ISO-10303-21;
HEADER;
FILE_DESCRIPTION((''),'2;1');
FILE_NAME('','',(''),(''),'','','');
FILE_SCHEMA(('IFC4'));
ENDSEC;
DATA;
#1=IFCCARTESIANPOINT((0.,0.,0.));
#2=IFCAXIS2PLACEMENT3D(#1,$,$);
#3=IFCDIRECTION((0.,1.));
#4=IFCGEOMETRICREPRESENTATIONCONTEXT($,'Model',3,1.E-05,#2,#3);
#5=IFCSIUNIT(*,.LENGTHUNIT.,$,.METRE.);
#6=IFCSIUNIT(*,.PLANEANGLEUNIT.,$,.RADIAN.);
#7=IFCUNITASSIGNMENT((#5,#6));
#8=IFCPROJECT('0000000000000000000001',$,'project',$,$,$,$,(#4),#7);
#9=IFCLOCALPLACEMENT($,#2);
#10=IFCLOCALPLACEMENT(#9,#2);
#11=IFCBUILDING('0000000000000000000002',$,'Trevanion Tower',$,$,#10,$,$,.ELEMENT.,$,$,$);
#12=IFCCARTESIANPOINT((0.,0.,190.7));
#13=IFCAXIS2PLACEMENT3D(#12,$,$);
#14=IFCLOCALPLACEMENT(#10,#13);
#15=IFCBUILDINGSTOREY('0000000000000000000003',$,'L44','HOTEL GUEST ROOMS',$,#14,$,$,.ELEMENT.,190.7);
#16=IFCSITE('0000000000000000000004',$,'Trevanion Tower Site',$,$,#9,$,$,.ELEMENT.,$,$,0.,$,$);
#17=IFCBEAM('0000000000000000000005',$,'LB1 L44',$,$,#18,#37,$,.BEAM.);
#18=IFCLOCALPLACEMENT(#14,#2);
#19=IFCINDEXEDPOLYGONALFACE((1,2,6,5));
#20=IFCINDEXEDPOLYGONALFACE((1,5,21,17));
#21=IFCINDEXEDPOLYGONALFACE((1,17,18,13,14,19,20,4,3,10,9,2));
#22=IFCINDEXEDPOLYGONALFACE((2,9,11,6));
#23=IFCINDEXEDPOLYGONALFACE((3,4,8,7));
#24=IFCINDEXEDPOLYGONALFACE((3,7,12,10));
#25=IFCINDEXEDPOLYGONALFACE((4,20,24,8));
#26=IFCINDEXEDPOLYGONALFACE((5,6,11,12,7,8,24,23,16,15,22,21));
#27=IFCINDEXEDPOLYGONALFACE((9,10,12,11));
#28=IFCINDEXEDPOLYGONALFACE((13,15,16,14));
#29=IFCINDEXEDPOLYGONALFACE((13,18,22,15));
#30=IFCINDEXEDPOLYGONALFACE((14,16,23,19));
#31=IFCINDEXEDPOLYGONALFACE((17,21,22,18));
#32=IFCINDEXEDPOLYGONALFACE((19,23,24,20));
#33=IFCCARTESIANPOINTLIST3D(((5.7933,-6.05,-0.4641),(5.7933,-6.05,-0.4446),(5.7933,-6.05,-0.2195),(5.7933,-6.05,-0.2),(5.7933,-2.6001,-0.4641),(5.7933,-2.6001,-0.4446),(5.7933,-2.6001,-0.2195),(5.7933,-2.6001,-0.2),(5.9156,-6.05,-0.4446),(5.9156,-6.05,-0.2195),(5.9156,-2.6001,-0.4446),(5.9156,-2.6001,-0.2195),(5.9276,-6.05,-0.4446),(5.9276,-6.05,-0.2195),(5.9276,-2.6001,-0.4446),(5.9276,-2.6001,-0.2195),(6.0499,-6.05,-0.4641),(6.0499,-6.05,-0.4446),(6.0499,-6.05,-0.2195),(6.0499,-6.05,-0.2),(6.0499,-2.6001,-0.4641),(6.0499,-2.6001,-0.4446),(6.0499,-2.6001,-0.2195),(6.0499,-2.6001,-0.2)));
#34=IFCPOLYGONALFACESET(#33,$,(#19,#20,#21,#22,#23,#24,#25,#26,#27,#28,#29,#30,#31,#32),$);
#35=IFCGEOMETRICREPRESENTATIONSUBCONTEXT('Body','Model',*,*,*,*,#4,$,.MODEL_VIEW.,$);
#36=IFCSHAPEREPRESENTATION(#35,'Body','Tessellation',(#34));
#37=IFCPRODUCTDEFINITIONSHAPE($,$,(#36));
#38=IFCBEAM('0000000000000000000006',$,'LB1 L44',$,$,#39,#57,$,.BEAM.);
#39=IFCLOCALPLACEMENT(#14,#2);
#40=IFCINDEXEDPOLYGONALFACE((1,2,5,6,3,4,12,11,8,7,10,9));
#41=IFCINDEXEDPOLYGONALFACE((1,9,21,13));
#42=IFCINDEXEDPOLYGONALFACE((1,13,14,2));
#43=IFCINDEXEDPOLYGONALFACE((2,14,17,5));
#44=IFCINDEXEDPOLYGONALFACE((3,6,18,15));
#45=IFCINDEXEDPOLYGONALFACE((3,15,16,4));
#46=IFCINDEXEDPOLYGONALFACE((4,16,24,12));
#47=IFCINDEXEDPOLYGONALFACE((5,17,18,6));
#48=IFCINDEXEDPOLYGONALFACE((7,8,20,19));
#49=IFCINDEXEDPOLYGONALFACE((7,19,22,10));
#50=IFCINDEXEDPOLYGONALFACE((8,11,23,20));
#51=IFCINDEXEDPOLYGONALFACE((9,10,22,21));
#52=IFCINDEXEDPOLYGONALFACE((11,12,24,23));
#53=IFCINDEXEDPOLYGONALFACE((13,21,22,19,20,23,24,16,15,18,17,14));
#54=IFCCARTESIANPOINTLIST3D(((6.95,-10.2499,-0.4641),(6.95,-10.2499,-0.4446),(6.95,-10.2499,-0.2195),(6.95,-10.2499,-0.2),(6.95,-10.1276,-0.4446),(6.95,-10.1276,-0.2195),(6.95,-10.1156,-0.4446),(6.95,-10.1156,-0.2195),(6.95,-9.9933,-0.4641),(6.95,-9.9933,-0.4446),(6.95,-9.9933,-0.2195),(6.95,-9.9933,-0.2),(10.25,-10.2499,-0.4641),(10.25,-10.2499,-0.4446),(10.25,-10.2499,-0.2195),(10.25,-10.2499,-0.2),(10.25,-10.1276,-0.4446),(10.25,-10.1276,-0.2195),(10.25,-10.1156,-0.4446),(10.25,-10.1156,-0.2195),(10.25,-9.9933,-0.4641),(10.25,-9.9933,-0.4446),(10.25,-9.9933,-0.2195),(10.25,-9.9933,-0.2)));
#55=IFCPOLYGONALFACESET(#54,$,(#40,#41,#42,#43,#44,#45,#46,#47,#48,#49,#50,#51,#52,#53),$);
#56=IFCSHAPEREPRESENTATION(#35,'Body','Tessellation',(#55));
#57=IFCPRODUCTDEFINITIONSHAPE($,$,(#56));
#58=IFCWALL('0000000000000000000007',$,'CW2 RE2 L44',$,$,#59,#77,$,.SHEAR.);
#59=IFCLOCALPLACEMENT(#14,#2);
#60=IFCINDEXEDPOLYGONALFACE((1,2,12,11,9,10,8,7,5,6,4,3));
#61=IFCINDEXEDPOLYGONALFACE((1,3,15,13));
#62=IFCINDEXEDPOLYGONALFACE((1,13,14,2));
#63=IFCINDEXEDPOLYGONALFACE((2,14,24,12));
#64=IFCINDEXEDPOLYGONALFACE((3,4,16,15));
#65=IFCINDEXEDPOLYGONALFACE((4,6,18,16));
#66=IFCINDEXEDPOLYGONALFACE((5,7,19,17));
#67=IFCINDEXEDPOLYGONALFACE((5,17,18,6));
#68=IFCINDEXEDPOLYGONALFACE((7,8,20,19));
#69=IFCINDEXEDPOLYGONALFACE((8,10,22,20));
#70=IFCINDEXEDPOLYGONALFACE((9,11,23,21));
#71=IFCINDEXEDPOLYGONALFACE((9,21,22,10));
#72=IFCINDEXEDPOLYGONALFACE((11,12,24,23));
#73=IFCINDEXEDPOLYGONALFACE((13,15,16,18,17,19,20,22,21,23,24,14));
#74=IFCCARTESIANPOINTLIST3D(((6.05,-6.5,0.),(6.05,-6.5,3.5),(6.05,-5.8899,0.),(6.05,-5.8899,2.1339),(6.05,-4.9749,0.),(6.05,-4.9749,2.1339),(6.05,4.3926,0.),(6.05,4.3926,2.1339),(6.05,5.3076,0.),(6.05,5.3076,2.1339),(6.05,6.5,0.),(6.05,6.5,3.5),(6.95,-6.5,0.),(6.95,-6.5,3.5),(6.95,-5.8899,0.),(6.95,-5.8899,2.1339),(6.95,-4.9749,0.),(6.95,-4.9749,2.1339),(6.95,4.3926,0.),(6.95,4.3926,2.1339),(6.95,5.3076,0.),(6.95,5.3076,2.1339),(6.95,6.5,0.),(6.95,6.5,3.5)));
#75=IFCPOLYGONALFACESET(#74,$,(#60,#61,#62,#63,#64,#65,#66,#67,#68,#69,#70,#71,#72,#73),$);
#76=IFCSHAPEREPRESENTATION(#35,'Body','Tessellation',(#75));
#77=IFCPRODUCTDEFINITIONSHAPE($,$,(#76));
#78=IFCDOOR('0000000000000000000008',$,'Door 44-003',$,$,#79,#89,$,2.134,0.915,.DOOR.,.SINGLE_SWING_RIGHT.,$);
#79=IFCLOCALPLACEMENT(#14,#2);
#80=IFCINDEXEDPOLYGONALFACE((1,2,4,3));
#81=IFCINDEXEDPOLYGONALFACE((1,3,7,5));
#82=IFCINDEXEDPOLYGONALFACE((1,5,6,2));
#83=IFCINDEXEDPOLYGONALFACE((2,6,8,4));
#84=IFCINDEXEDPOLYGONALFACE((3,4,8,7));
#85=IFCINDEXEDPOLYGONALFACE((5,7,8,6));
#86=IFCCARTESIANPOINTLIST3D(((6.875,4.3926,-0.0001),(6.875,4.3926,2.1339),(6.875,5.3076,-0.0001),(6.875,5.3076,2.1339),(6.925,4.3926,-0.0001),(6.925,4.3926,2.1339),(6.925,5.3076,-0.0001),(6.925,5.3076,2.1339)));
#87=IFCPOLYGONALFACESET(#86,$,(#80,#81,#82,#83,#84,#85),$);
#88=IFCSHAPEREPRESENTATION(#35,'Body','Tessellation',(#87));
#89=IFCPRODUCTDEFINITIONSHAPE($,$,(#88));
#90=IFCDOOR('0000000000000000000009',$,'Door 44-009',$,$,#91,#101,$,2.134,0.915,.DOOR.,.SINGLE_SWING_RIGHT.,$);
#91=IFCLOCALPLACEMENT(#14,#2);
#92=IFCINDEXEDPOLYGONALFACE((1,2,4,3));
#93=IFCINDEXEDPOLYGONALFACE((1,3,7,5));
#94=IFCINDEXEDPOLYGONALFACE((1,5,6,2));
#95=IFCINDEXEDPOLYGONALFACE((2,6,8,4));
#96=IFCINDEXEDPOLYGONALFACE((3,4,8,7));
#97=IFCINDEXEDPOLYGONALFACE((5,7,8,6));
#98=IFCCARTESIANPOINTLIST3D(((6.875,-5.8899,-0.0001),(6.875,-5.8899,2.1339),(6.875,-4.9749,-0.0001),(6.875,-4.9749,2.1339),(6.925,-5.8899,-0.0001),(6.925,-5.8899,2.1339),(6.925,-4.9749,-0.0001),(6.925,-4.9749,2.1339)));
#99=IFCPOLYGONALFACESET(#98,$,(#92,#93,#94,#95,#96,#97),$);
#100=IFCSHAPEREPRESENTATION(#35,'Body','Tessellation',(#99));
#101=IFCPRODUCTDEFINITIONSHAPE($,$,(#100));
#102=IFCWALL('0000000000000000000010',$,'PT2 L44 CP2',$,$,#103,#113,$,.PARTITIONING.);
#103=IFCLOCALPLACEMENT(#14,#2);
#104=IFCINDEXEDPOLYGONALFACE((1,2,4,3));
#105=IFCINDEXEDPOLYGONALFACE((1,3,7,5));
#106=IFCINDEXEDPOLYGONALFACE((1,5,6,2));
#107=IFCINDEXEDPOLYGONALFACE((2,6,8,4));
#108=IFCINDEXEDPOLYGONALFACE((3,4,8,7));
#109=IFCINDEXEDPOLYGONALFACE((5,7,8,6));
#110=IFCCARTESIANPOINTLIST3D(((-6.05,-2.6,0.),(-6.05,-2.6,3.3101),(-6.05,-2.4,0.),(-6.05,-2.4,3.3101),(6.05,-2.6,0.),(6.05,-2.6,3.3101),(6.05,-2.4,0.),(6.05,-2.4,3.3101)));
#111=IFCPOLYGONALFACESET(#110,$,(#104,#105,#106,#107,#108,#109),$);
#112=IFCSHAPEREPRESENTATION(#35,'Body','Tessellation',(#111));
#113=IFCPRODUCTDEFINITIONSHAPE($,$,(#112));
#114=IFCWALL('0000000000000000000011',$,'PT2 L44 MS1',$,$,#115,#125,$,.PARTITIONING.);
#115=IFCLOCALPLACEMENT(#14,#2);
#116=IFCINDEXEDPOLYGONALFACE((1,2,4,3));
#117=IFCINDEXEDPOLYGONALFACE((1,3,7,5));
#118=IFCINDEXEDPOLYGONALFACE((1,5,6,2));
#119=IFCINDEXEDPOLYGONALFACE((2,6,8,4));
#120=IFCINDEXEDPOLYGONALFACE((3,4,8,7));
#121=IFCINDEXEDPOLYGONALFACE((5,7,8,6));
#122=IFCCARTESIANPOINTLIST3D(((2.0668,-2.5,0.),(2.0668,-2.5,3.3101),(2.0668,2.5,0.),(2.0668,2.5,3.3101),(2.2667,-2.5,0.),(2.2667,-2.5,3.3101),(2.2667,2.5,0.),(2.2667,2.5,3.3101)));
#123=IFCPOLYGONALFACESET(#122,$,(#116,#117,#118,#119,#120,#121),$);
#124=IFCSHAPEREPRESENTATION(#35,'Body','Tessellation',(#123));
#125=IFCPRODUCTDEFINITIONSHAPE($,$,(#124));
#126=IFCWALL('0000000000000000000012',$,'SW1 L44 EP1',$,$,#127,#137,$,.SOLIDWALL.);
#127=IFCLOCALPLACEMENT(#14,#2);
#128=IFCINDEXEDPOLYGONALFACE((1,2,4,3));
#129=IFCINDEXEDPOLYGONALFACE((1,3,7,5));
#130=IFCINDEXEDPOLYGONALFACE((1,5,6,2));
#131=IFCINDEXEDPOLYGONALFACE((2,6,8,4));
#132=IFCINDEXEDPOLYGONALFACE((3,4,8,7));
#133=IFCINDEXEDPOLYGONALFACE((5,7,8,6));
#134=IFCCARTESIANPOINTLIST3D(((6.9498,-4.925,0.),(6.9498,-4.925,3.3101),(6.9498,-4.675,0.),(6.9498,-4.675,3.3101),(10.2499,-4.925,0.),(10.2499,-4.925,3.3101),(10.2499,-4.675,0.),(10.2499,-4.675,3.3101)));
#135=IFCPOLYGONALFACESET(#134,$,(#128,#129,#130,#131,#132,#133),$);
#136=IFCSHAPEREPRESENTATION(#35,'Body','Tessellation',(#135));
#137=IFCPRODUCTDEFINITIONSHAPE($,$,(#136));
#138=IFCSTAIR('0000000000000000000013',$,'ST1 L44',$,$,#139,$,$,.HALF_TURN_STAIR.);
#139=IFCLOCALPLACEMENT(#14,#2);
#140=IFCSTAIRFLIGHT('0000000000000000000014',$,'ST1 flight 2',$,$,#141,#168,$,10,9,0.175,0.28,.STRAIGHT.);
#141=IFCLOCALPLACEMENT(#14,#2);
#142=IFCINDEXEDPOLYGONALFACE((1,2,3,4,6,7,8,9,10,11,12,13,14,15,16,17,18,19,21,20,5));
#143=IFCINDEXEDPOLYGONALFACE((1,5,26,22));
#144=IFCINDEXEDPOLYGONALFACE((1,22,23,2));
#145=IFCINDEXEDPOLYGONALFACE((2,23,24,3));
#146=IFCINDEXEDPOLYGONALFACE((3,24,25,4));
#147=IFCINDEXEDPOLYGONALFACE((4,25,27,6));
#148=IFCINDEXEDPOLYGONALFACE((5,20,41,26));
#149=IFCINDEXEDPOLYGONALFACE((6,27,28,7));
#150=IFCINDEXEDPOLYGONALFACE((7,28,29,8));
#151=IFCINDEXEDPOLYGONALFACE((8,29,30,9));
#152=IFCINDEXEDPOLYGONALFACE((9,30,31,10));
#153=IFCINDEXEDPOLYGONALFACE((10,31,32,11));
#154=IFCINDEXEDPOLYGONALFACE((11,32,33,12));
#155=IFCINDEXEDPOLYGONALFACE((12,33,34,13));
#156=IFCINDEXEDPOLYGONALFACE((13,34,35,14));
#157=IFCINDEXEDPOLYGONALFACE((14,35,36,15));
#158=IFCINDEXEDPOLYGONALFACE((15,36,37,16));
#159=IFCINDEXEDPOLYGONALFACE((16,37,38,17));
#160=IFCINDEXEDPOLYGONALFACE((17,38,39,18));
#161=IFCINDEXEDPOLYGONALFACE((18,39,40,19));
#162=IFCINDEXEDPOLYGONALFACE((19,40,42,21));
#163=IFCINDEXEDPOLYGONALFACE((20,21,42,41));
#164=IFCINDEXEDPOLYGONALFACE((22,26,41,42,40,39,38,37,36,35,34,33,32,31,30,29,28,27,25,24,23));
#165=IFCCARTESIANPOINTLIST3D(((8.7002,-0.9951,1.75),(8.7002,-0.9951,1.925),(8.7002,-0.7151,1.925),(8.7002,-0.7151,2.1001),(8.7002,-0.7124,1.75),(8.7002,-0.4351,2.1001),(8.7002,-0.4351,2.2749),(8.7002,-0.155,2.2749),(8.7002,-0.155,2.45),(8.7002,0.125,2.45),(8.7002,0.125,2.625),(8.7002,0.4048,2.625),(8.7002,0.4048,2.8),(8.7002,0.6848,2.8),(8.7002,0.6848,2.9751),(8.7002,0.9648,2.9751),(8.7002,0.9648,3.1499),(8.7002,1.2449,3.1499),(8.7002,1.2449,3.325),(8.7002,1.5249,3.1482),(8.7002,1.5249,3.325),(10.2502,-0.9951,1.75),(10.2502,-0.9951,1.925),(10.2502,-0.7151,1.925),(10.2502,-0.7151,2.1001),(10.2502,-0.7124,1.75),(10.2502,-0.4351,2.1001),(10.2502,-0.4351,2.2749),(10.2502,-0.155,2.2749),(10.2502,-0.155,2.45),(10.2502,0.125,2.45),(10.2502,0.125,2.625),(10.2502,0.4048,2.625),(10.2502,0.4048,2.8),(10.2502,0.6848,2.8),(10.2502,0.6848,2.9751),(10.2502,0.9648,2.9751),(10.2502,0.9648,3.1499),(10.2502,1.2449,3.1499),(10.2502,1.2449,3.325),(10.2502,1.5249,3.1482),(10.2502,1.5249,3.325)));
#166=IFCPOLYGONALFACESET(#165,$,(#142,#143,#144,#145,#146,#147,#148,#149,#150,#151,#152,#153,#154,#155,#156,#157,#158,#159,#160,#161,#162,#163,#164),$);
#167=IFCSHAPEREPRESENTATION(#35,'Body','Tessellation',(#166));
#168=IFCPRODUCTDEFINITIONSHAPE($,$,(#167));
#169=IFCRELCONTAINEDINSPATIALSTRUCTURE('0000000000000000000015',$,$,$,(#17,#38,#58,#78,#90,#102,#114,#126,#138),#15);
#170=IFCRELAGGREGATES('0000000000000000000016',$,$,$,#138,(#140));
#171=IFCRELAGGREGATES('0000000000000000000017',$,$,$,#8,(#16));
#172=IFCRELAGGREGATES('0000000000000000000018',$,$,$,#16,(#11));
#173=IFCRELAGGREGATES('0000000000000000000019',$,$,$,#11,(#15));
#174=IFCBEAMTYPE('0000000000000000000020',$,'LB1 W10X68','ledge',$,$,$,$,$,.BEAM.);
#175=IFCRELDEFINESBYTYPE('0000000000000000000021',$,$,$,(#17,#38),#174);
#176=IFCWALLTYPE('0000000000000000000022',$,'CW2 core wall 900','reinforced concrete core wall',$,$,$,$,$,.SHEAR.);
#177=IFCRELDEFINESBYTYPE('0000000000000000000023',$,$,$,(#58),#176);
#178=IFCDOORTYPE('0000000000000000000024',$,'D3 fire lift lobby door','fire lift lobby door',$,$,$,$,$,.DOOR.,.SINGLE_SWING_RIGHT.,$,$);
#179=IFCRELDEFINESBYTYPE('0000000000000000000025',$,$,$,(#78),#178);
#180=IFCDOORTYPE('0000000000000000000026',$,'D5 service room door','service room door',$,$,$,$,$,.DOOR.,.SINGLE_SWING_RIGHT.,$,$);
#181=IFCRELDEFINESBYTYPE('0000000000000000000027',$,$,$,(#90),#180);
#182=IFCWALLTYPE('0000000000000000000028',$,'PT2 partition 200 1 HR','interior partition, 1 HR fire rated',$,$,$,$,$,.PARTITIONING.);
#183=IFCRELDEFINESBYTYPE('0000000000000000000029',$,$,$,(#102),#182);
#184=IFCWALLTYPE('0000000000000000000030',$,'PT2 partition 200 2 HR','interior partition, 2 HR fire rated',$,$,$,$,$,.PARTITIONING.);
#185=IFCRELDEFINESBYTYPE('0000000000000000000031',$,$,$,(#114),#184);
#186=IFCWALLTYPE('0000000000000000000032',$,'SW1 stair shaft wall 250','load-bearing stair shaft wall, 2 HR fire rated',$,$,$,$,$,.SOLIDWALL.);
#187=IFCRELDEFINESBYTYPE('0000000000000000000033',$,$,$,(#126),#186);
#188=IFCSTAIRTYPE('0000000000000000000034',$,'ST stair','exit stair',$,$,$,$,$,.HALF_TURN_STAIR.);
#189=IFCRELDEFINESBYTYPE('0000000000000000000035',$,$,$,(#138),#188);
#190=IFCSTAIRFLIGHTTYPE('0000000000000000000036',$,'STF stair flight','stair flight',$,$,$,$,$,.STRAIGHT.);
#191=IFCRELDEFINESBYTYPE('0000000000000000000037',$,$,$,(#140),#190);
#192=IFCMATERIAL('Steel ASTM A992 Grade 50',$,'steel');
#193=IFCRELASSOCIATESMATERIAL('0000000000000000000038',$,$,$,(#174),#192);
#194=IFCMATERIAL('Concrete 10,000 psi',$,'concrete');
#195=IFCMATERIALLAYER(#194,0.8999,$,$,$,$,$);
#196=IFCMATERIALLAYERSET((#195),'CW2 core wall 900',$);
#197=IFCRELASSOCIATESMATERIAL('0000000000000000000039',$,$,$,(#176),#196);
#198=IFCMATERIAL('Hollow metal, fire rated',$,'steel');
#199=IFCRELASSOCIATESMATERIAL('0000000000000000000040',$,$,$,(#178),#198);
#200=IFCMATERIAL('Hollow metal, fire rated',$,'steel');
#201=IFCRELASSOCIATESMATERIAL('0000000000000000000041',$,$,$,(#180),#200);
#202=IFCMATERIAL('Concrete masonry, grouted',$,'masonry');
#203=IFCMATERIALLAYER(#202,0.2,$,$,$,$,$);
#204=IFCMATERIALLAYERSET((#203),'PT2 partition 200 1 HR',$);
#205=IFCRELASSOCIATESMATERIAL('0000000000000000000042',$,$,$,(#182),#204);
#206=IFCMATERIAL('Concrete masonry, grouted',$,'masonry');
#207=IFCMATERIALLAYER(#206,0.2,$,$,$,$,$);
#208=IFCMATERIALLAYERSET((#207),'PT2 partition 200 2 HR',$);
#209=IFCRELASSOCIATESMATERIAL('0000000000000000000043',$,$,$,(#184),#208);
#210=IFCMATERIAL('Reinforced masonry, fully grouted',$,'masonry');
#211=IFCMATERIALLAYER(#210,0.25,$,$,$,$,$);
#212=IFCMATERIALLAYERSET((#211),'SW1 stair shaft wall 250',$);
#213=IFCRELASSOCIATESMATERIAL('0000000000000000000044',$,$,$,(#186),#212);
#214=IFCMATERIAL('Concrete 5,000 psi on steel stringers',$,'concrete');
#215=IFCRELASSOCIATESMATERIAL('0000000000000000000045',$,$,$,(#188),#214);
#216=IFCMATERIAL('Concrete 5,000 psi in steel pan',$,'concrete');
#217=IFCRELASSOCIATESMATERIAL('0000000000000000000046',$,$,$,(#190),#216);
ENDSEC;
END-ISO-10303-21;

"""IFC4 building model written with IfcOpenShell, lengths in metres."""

from ifc_helpers import new_model, si_unit, direction, frame, frame_2d, origin, origin_2d, place, context, subcontext, project, spatial, polyline, rectangle, i_section, outline, extrude, material, layer, layer_set, material_profile, profile_set, type_object, element, fill, aggregate, save


model = new_model("IFC4")

# Units and contexts
model_context = context("Model", 3, precision=1e-05, world=origin(), true_north=direction((0.0, 1.0)))
body_context = subcontext(model_context, "Body", "Model", "MODEL_VIEW")
ifc_project = project(units=[si_unit("LENGTHUNIT", "METRE"), si_unit("PLANEANGLEUNIT", "RADIAN")], contexts=[model_context])

# Site, building, storey
site_placement = place(None, origin())
site = spatial("IfcSite", under=ifc_project, at=site_placement, Name="Trevanion Tower Site", CompositionType="ELEMENT", RefElevation=0.0)
building_placement = place(site_placement, origin())
building = spatial("IfcBuilding", under=site, at=building_placement, Name="Trevanion Tower", CompositionType="ELEMENT")
storey_placement = place(building_placement, frame((0.0, 0.0, 190.7)))
storey = spatial("IfcBuildingStorey", under=building, at=storey_placement, Name="L44", Description="HOTEL GUEST ROOMS", CompositionType="ELEMENT", Elevation=190.7)

# Beams
ifc_material_1 = material(Name="Steel ASTM A992 Grade 50", Category="steel")
ifc_material_profile = material_profile(ifc_material_1, i_section(OverallWidth=0.2566, OverallDepth=0.2642, WebThickness=0.012, FlangeThickness=0.0195, at=origin_2d()), Name="W10X68")
ifc_profile_set = profile_set([ifc_material_profile], Name="Steel ASTM A992 Grade 50")
beam_type = type_object("IfcBeamType", Name="LB1 W10X68", Description="ledge", PredefinedType="BEAM", material=ifc_profile_set)
beam_1_placement = place(storey_placement, frame((5.9216, -6.05, -0.332), z_axis=(0.0, 1.0, 0.0), x_axis=(-1.0, 0.0, 0.0)))
element("IfcBeam", 1, at=beam_1_placement, inside=storey, type_object=beam_type, Name="LB1 L44", PredefinedType="BEAM", context=body_context, shape_type="SweptSolid", body=[
    extrude(i_section(OverallWidth=0.2566, OverallDepth=0.2642, WebThickness=0.012, FlangeThickness=0.0195, at=origin_2d()), origin(), (0.0, 0.0, 1.0), 3.45),
])
beam_2_placement = place(storey_placement, frame((6.95, -10.1216, -0.332), z_axis=(1.0, 0.0, 0.0), x_axis=(0.0, 1.0, 0.0)))
element("IfcBeam", 2, at=beam_2_placement, inside=storey, type_object=beam_type, Name="LB1 L44", PredefinedType="BEAM", context=body_context, shape_type="SweptSolid", body=[
    extrude(i_section(OverallWidth=0.2566, OverallDepth=0.2642, WebThickness=0.012, FlangeThickness=0.0195, at=origin_2d()), origin(), (0.0, 0.0, 1.0), 3.3),
])

# Wall, openings, doors
ifc_material_2 = material(Name="Concrete 10,000 psi", Category="concrete")
ifc_layer_1 = layer(ifc_material_2, 0.8999)
ifc_layer_set_1 = layer_set([ifc_layer_1], Name="CW2 core wall 900")
wall_type_1 = type_object("IfcWallType", Name="CW2 core wall 900", Description="reinforced concrete core wall", PredefinedType="SHEAR", material=ifc_layer_set_1)
wall_1_placement = place(storey_placement, frame((6.5, -6.5, 0.0), z_axis=(0.0, 0.0, 1.0), x_axis=(0.0, 1.0, 0.0)))
wall_1 = element("IfcWall", 3, at=wall_1_placement, inside=storey, type_object=wall_type_1, Name="CW2 RE2 L44", PredefinedType="SHEAR", context=body_context, shape_type="SweptSolid", body=[
    extrude(rectangle(XDim=13.0, YDim=0.8999, at=frame_2d((6.5, 0.0))), origin(), (0.0, 0.0, 1.0), 3.5),
])
opening_1_placement = place(wall_1_placement, frame((10.8926, 0.0, 0.0)))
opening_1 = element("IfcOpeningElement", 4, at=opening_1_placement, cuts=wall_1, PredefinedType="OPENING", context=body_context, shape_type="SweptSolid", body=[
    extrude(rectangle(XDim=0.915, YDim=2.134, at=frame_2d((0.4575, 1.0669))), frame((0.0, 0.46, 0.0), z_axis=(0.0, -1.0, 0.0), x_axis=(1.0, 0.0, 0.0)), (0.0, 0.0, 1.0), 0.9199),
])
opening_2_placement = place(wall_1_placement, frame((0.6101, 0.0, 0.0)))
opening_2 = element("IfcOpeningElement", 5, at=opening_2_placement, cuts=wall_1, PredefinedType="OPENING", context=body_context, shape_type="SweptSolid", body=[
    extrude(rectangle(XDim=0.915, YDim=2.134, at=frame_2d((0.4575, 1.0669))), frame((0.0, 0.46, 0.0), z_axis=(0.0, -1.0, 0.0), x_axis=(1.0, 0.0, 0.0)), (0.0, 0.0, 1.0), 0.9199),
])
ifc_material_3 = material(Name="Hollow metal, fire rated", Category="steel")
door_type_1 = type_object("IfcDoorType", Name="D3 fire lift lobby door", Description="fire lift lobby door", OperationType="SINGLE_SWING_RIGHT", PredefinedType="DOOR", material=ifc_material_3)
door_1_placement = place(opening_1_placement, origin())
door_1 = element("IfcDoor", 6, at=door_1_placement, inside=storey, type_object=door_type_1, Name="Door 44-003", OperationType="SINGLE_SWING_RIGHT", OverallHeight=2.134, OverallWidth=0.915, PredefinedType="DOOR", context=body_context, shape_type="SweptSolid", body=[
    extrude(rectangle(XDim=0.915, YDim=2.134, at=frame_2d((0.4575, 1.0669))), frame((0.0, -0.375, 0.0), z_axis=(0.0, -1.0, 0.0), x_axis=(1.0, 0.0, 0.0)), (0.0, 0.0, 1.0), 0.05),
])
fill(opening_1, door_1)
ifc_material_4 = material(Name="Hollow metal, fire rated", Category="steel")
door_type_2 = type_object("IfcDoorType", Name="D5 service room door", Description="service room door", OperationType="SINGLE_SWING_RIGHT", PredefinedType="DOOR", material=ifc_material_4)
door_2_placement = place(opening_2_placement, origin())
door_2 = element("IfcDoor", 7, at=door_2_placement, inside=storey, type_object=door_type_2, Name="Door 44-009", OperationType="SINGLE_SWING_RIGHT", OverallHeight=2.134, OverallWidth=0.915, PredefinedType="DOOR", context=body_context, shape_type="SweptSolid", body=[
    extrude(rectangle(XDim=0.915, YDim=2.134, at=frame_2d((0.4575, 1.0669))), frame((0.0, -0.375, 0.0), z_axis=(0.0, -1.0, 0.0), x_axis=(1.0, 0.0, 0.0)), (0.0, 0.0, 1.0), 0.05),
])
fill(opening_2, door_2)

# Walls
ifc_material_5 = material(Name="Concrete masonry, grouted", Category="masonry")
ifc_layer_2 = layer(ifc_material_5, 0.2)
ifc_layer_set_2 = layer_set([ifc_layer_2], Name="PT2 partition 200 1 HR")
wall_type_2 = type_object("IfcWallType", Name="PT2 partition 200 1 HR", Description="interior partition, 1 HR fire rated", PredefinedType="PARTITIONING", material=ifc_layer_set_2)
wall_2_placement = place(storey_placement, frame((6.05, -2.5, 0.0), z_axis=(0.0, 0.0, 1.0), x_axis=(-1.0, 0.0, 0.0)))
element("IfcWall", 8, at=wall_2_placement, inside=storey, type_object=wall_type_2, Name="PT2 L44 CP2", PredefinedType="PARTITIONING", context=body_context, shape_type="SweptSolid", body=[
    extrude(rectangle(XDim=12.1001, YDim=0.2, at=frame_2d((6.05, 0.0))), origin(), (0.0, 0.0, 1.0), 3.3101),
])
ifc_material_6 = material(Name="Concrete masonry, grouted", Category="masonry")
ifc_layer_3 = layer(ifc_material_6, 0.2)
ifc_layer_set_3 = layer_set([ifc_layer_3], Name="PT2 partition 200 2 HR")
wall_type_3 = type_object("IfcWallType", Name="PT2 partition 200 2 HR", Description="interior partition, 2 HR fire rated", PredefinedType="PARTITIONING", material=ifc_layer_set_3)
wall_3_placement = place(storey_placement, frame((2.1667, -2.5, 0.0), z_axis=(0.0, 0.0, 1.0), x_axis=(0.0, 1.0, 0.0)))
element("IfcWall", 9, at=wall_3_placement, inside=storey, type_object=wall_type_3, Name="PT2 L44 MS1", PredefinedType="PARTITIONING", context=body_context, shape_type="SweptSolid", body=[
    extrude(rectangle(XDim=5.0, YDim=0.2, at=frame_2d((2.5, 0.0))), origin(), (0.0, 0.0, 1.0), 3.3101),
])
ifc_material_7 = material(Name="Reinforced masonry, fully grouted", Category="masonry")
ifc_layer_4 = layer(ifc_material_7, 0.25)
ifc_layer_set_4 = layer_set([ifc_layer_4], Name="SW1 stair shaft wall 250")
wall_type_4 = type_object("IfcWallType", Name="SW1 stair shaft wall 250", Description="load-bearing stair shaft wall, 2 HR fire rated", PredefinedType="SOLIDWALL", material=ifc_layer_set_4)
wall_4_placement = place(storey_placement, frame((6.95, -4.8, 0.0), z_axis=(0.0, 0.0, 1.0), x_axis=(1.0, 0.0, 0.0)))
element("IfcWall", 10, at=wall_4_placement, inside=storey, type_object=wall_type_4, Name="SW1 L44 EP1", PredefinedType="SOLIDWALL", context=body_context, shape_type="SweptSolid", body=[
    extrude(rectangle(XDim=3.3, YDim=0.25, at=frame_2d((1.6499, 0.0))), origin(), (0.0, 0.0, 1.0), 3.3101),
])

# Stair, stair flight
ifc_material_8 = material(Name="Concrete 5,000 psi on steel stringers", Category="concrete")
stair_type = type_object("IfcStairType", Name="ST stair", Description="exit stair", PredefinedType="HALF_TURN_STAIR", material=ifc_material_8)
stair_placement = place(storey_placement, origin())
stair = element("IfcStair", 11, at=stair_placement, inside=storey, type_object=stair_type, Name="ST1 L44", PredefinedType="HALF_TURN_STAIR")
ifc_material_9 = material(Name="Concrete 5,000 psi in steel pan", Category="concrete")
stair_flight_type = type_object("IfcStairFlightType", Name="STF stair flight", Description="stair flight", PredefinedType="STRAIGHT", material=ifc_material_9)
stair_flight_placement = place(storey_placement, frame((9.4751, -0.9951, 1.75), z_axis=(0.0, 0.0, 1.0), x_axis=(0.0, 1.0, 0.0)))
stair_flight = element("IfcStairFlight", 12, at=stair_flight_placement, type_object=stair_flight_type, Name="ST1 flight 2", NumberOfRisers=10, NumberOfTreads=9, PredefinedType="STRAIGHT", RiserHeight=0.175, TreadLength=0.28, context=body_context, shape_type="SweptSolid", body=[
    extrude(outline(polyline([(0.0, 0.0), (0.0, 0.175), (0.28, 0.175), (0.28, 0.3501), (0.5601, 0.3501), (0.5601, 0.5249), (0.8401, 0.5249), (0.8401, 0.7), (1.1201, 0.7), (1.1201, 0.875), (1.3999, 0.875), (1.3999, 1.05), (1.6799, 1.05), (1.6799, 1.2251), (1.96, 1.2251), (1.96, 1.3999), (2.24, 1.3999), (2.24, 1.575), (2.52, 1.575), (2.52, 1.75), (2.52, 1.3982), (0.2827, 0.0), (0.0, 0.0)])), frame((0.0, 0.7749, 0.0), z_axis=(0.0, -1.0, 0.0), x_axis=(1.0, 0.0, 0.0)), (0.0, 0.0, 1.0), 1.55),
])
aggregate(stair, [stair_flight])

save(model, "model.ifc")
